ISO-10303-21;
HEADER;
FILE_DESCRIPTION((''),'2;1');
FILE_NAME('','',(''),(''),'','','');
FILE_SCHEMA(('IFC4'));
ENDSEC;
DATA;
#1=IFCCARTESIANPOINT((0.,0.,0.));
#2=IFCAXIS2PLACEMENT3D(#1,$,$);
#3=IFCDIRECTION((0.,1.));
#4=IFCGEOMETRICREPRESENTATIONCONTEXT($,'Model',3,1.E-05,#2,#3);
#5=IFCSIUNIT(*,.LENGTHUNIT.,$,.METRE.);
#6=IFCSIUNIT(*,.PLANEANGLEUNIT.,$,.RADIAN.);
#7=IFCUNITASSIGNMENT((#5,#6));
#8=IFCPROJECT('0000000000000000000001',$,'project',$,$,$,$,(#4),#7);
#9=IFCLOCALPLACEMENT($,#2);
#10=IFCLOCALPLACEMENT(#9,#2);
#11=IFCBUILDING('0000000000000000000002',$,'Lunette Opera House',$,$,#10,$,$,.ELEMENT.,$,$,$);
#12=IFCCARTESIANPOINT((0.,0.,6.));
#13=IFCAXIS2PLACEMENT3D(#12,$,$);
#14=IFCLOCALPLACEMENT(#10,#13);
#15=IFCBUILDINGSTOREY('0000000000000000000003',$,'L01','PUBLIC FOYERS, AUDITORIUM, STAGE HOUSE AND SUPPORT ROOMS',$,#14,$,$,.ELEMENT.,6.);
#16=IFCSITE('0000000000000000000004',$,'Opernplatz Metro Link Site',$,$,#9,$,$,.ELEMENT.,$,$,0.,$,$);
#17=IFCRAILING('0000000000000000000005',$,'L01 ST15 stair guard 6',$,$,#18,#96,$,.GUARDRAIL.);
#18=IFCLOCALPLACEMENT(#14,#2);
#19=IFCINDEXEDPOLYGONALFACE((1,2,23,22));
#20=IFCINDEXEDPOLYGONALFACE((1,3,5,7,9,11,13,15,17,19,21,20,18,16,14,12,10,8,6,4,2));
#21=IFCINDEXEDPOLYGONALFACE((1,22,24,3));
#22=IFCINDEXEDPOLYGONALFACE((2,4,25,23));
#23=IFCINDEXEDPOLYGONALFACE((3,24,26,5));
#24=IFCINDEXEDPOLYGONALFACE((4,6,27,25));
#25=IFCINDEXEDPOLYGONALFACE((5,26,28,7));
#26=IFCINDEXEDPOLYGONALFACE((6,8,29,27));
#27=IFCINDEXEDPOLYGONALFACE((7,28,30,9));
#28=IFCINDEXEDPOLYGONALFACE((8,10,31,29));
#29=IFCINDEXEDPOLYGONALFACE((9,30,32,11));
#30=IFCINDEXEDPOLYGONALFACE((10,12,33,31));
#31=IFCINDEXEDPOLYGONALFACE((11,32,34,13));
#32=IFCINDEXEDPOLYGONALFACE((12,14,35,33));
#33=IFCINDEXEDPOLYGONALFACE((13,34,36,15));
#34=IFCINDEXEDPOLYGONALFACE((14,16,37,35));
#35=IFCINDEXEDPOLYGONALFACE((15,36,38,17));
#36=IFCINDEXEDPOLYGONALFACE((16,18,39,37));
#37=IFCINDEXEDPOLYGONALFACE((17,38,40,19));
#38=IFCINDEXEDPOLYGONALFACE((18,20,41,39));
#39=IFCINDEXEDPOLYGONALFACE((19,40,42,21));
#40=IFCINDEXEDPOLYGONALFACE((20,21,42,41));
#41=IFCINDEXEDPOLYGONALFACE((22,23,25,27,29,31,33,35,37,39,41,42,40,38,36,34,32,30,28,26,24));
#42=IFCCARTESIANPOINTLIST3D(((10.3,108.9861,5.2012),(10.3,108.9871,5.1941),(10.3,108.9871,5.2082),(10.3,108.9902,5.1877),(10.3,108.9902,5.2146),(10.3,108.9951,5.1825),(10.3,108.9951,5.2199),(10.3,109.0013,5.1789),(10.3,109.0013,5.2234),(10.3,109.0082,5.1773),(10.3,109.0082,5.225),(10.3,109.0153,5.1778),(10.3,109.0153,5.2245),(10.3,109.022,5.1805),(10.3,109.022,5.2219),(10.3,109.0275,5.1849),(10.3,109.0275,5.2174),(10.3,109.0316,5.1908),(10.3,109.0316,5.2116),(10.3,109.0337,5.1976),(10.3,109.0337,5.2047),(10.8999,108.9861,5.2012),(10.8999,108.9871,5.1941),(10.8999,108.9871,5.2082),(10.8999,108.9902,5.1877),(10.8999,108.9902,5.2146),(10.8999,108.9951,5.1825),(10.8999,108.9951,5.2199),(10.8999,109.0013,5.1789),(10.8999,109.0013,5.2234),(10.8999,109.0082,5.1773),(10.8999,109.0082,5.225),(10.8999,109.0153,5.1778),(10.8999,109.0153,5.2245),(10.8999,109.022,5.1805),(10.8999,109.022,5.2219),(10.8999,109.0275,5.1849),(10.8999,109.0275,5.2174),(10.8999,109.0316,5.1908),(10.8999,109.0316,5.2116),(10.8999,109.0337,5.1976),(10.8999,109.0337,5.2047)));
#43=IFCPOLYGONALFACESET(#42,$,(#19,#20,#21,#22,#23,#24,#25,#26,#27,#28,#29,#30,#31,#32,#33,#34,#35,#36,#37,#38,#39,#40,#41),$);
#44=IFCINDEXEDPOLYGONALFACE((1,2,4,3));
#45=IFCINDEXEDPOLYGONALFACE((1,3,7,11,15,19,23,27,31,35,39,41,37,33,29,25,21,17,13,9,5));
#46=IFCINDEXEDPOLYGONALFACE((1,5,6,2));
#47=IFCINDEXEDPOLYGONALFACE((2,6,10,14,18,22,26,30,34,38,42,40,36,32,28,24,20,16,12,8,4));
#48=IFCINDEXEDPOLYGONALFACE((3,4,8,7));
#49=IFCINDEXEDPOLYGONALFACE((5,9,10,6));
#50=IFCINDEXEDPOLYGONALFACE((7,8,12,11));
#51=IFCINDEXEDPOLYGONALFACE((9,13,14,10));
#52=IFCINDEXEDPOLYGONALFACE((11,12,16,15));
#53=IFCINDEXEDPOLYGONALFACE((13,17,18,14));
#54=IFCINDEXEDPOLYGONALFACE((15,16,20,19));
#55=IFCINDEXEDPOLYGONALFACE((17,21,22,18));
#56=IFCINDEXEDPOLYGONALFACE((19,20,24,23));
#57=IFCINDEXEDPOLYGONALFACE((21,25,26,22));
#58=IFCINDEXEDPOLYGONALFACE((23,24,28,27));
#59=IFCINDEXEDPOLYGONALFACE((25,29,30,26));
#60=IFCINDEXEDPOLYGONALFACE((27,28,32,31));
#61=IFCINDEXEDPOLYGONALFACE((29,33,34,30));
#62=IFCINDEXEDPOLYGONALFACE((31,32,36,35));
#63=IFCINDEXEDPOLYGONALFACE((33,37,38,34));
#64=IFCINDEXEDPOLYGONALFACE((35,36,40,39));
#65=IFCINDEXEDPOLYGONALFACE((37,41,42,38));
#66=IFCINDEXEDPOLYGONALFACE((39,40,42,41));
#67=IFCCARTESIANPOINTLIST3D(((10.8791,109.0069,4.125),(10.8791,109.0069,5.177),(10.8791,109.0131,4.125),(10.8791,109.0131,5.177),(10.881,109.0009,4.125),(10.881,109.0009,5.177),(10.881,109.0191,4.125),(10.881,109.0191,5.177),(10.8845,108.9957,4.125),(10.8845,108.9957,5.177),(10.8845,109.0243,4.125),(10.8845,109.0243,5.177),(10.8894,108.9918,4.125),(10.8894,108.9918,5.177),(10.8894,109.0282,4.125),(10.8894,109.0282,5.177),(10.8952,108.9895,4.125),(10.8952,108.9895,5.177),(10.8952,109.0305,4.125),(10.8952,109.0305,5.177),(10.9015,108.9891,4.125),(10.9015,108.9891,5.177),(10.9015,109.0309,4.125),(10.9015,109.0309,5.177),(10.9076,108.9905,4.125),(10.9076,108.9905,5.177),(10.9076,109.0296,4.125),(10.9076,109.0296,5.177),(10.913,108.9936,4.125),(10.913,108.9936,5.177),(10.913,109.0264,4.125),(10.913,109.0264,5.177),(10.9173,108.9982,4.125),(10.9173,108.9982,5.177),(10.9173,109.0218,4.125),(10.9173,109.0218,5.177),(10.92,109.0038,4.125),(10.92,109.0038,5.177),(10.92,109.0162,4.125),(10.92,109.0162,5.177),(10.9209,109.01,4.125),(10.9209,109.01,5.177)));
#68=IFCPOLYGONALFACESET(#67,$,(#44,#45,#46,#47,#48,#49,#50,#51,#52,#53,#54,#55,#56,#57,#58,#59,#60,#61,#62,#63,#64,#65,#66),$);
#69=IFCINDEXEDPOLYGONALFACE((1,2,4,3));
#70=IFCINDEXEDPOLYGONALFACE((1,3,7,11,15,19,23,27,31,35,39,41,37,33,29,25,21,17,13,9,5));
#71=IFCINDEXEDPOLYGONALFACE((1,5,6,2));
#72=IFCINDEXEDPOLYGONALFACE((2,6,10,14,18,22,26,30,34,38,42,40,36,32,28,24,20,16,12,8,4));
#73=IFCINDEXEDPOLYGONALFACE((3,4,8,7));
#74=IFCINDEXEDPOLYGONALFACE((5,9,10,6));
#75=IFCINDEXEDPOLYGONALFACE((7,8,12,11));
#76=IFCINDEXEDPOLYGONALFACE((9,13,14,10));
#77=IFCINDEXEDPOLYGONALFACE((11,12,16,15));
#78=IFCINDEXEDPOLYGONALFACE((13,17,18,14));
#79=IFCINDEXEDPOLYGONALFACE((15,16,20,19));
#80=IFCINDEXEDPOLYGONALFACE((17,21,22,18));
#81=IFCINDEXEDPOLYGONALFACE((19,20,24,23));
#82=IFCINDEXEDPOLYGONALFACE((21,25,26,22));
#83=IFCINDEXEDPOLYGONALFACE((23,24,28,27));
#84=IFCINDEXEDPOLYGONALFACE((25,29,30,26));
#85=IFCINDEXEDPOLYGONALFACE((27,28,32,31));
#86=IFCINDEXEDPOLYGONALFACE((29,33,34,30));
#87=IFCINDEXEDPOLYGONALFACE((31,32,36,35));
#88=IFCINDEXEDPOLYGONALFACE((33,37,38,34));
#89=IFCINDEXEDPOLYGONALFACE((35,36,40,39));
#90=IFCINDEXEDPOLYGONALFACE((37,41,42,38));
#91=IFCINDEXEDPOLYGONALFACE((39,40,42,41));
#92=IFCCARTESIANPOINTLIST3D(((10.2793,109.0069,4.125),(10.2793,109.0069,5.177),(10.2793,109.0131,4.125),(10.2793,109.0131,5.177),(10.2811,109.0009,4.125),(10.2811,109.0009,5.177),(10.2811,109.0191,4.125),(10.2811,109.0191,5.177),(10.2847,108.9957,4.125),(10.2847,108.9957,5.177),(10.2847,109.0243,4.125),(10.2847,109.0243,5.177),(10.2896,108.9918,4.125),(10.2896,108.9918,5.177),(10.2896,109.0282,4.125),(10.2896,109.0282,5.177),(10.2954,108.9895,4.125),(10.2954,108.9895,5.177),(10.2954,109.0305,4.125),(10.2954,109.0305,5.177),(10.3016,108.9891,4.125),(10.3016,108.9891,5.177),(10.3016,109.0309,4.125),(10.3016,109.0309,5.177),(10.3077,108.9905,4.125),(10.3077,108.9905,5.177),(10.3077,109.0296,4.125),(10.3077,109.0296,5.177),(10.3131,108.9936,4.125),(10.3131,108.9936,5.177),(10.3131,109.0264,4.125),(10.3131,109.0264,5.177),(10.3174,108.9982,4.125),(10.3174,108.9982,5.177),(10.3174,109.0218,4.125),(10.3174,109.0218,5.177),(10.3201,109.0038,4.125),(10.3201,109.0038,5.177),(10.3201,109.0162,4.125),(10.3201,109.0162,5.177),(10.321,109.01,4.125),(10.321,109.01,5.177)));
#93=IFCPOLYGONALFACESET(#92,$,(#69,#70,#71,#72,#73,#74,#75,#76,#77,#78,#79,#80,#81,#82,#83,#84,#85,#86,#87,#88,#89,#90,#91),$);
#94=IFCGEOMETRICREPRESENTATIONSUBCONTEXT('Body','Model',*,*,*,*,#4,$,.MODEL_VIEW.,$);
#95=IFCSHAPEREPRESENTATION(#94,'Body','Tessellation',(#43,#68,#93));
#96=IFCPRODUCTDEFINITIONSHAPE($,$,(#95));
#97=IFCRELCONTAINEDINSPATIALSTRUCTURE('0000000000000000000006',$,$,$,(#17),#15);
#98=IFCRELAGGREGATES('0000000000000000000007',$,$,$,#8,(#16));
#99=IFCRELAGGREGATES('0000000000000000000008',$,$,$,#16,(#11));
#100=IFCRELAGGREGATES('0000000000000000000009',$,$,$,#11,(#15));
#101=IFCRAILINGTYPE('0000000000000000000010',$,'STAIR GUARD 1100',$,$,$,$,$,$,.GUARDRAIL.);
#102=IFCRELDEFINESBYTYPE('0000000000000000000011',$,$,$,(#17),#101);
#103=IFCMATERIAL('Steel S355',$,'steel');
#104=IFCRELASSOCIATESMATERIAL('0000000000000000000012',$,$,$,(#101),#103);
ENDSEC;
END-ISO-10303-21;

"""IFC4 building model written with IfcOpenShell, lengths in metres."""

from ifc_helpers import new_model, si_unit, direction, frame, origin, origin_2d, place, context, subcontext, project, spatial, circle, extrude, material, type_object, element, save


model = new_model("IFC4")

# Units and contexts
model_context = context("Model", 3, precision=1e-05, world=origin(), true_north=direction((0.0, 1.0)))
body_context = subcontext(model_context, "Body", "Model", "MODEL_VIEW")
ifc_project = project(units=[si_unit("LENGTHUNIT", "METRE"), si_unit("PLANEANGLEUNIT", "RADIAN")], contexts=[model_context])

# Site, building, storey
site_placement = place(None, origin())
site = spatial("IfcSite", under=ifc_project, at=site_placement, Name="Opernplatz Metro Link Site", CompositionType="ELEMENT", RefElevation=0.0)
building_placement = place(site_placement, origin())
building = spatial("IfcBuilding", under=site, at=building_placement, Name="Lunette Opera House", CompositionType="ELEMENT")
storey_placement = place(building_placement, frame((0.0, 0.0, 6.0)))
storey = spatial("IfcBuildingStorey", under=building, at=storey_placement, Name="L01", Description="PUBLIC FOYERS, AUDITORIUM, STAGE HOUSE AND SUPPORT ROOMS", CompositionType="ELEMENT", Elevation=6.0)

# Railing
ifc_material_1 = material(Name="Steel S355", Category="steel")
railing_type_1 = type_object("IfcRailingType", Name="STAIR GUARD 1100", PredefinedType="GUARDRAIL", material=ifc_material_1)
railing_1_placement = place(storey_placement, frame((10.8999, 109.01, 4.125)))
element("IfcRailing", 1, at=railing_1_placement, inside=storey, type_object=railing_type_1, Name="L01 ST15 stair guard 6", PredefinedType="GUARDRAIL", context=body_context, shape_type="SweptSolid", body=[
    extrude(circle(Radius=0.0239, at=origin_2d()), frame((0.0, 0.0, 1.0762), z_axis=(-1.0, 0.0, 0.0), x_axis=(0.0, -1.0, 0.0)), (0.0, 0.0, 1.0), 0.5999),
    extrude(circle(Radius=0.021, at=origin_2d()), origin(), (0.0, 0.0, 1.0), 1.052),
    extrude(circle(Radius=0.021, at=origin_2d()), frame((-0.5999, 0.0, 0.0)), (0.0, 0.0, 1.0), 1.052),
])

save(model, "model.ifc")
